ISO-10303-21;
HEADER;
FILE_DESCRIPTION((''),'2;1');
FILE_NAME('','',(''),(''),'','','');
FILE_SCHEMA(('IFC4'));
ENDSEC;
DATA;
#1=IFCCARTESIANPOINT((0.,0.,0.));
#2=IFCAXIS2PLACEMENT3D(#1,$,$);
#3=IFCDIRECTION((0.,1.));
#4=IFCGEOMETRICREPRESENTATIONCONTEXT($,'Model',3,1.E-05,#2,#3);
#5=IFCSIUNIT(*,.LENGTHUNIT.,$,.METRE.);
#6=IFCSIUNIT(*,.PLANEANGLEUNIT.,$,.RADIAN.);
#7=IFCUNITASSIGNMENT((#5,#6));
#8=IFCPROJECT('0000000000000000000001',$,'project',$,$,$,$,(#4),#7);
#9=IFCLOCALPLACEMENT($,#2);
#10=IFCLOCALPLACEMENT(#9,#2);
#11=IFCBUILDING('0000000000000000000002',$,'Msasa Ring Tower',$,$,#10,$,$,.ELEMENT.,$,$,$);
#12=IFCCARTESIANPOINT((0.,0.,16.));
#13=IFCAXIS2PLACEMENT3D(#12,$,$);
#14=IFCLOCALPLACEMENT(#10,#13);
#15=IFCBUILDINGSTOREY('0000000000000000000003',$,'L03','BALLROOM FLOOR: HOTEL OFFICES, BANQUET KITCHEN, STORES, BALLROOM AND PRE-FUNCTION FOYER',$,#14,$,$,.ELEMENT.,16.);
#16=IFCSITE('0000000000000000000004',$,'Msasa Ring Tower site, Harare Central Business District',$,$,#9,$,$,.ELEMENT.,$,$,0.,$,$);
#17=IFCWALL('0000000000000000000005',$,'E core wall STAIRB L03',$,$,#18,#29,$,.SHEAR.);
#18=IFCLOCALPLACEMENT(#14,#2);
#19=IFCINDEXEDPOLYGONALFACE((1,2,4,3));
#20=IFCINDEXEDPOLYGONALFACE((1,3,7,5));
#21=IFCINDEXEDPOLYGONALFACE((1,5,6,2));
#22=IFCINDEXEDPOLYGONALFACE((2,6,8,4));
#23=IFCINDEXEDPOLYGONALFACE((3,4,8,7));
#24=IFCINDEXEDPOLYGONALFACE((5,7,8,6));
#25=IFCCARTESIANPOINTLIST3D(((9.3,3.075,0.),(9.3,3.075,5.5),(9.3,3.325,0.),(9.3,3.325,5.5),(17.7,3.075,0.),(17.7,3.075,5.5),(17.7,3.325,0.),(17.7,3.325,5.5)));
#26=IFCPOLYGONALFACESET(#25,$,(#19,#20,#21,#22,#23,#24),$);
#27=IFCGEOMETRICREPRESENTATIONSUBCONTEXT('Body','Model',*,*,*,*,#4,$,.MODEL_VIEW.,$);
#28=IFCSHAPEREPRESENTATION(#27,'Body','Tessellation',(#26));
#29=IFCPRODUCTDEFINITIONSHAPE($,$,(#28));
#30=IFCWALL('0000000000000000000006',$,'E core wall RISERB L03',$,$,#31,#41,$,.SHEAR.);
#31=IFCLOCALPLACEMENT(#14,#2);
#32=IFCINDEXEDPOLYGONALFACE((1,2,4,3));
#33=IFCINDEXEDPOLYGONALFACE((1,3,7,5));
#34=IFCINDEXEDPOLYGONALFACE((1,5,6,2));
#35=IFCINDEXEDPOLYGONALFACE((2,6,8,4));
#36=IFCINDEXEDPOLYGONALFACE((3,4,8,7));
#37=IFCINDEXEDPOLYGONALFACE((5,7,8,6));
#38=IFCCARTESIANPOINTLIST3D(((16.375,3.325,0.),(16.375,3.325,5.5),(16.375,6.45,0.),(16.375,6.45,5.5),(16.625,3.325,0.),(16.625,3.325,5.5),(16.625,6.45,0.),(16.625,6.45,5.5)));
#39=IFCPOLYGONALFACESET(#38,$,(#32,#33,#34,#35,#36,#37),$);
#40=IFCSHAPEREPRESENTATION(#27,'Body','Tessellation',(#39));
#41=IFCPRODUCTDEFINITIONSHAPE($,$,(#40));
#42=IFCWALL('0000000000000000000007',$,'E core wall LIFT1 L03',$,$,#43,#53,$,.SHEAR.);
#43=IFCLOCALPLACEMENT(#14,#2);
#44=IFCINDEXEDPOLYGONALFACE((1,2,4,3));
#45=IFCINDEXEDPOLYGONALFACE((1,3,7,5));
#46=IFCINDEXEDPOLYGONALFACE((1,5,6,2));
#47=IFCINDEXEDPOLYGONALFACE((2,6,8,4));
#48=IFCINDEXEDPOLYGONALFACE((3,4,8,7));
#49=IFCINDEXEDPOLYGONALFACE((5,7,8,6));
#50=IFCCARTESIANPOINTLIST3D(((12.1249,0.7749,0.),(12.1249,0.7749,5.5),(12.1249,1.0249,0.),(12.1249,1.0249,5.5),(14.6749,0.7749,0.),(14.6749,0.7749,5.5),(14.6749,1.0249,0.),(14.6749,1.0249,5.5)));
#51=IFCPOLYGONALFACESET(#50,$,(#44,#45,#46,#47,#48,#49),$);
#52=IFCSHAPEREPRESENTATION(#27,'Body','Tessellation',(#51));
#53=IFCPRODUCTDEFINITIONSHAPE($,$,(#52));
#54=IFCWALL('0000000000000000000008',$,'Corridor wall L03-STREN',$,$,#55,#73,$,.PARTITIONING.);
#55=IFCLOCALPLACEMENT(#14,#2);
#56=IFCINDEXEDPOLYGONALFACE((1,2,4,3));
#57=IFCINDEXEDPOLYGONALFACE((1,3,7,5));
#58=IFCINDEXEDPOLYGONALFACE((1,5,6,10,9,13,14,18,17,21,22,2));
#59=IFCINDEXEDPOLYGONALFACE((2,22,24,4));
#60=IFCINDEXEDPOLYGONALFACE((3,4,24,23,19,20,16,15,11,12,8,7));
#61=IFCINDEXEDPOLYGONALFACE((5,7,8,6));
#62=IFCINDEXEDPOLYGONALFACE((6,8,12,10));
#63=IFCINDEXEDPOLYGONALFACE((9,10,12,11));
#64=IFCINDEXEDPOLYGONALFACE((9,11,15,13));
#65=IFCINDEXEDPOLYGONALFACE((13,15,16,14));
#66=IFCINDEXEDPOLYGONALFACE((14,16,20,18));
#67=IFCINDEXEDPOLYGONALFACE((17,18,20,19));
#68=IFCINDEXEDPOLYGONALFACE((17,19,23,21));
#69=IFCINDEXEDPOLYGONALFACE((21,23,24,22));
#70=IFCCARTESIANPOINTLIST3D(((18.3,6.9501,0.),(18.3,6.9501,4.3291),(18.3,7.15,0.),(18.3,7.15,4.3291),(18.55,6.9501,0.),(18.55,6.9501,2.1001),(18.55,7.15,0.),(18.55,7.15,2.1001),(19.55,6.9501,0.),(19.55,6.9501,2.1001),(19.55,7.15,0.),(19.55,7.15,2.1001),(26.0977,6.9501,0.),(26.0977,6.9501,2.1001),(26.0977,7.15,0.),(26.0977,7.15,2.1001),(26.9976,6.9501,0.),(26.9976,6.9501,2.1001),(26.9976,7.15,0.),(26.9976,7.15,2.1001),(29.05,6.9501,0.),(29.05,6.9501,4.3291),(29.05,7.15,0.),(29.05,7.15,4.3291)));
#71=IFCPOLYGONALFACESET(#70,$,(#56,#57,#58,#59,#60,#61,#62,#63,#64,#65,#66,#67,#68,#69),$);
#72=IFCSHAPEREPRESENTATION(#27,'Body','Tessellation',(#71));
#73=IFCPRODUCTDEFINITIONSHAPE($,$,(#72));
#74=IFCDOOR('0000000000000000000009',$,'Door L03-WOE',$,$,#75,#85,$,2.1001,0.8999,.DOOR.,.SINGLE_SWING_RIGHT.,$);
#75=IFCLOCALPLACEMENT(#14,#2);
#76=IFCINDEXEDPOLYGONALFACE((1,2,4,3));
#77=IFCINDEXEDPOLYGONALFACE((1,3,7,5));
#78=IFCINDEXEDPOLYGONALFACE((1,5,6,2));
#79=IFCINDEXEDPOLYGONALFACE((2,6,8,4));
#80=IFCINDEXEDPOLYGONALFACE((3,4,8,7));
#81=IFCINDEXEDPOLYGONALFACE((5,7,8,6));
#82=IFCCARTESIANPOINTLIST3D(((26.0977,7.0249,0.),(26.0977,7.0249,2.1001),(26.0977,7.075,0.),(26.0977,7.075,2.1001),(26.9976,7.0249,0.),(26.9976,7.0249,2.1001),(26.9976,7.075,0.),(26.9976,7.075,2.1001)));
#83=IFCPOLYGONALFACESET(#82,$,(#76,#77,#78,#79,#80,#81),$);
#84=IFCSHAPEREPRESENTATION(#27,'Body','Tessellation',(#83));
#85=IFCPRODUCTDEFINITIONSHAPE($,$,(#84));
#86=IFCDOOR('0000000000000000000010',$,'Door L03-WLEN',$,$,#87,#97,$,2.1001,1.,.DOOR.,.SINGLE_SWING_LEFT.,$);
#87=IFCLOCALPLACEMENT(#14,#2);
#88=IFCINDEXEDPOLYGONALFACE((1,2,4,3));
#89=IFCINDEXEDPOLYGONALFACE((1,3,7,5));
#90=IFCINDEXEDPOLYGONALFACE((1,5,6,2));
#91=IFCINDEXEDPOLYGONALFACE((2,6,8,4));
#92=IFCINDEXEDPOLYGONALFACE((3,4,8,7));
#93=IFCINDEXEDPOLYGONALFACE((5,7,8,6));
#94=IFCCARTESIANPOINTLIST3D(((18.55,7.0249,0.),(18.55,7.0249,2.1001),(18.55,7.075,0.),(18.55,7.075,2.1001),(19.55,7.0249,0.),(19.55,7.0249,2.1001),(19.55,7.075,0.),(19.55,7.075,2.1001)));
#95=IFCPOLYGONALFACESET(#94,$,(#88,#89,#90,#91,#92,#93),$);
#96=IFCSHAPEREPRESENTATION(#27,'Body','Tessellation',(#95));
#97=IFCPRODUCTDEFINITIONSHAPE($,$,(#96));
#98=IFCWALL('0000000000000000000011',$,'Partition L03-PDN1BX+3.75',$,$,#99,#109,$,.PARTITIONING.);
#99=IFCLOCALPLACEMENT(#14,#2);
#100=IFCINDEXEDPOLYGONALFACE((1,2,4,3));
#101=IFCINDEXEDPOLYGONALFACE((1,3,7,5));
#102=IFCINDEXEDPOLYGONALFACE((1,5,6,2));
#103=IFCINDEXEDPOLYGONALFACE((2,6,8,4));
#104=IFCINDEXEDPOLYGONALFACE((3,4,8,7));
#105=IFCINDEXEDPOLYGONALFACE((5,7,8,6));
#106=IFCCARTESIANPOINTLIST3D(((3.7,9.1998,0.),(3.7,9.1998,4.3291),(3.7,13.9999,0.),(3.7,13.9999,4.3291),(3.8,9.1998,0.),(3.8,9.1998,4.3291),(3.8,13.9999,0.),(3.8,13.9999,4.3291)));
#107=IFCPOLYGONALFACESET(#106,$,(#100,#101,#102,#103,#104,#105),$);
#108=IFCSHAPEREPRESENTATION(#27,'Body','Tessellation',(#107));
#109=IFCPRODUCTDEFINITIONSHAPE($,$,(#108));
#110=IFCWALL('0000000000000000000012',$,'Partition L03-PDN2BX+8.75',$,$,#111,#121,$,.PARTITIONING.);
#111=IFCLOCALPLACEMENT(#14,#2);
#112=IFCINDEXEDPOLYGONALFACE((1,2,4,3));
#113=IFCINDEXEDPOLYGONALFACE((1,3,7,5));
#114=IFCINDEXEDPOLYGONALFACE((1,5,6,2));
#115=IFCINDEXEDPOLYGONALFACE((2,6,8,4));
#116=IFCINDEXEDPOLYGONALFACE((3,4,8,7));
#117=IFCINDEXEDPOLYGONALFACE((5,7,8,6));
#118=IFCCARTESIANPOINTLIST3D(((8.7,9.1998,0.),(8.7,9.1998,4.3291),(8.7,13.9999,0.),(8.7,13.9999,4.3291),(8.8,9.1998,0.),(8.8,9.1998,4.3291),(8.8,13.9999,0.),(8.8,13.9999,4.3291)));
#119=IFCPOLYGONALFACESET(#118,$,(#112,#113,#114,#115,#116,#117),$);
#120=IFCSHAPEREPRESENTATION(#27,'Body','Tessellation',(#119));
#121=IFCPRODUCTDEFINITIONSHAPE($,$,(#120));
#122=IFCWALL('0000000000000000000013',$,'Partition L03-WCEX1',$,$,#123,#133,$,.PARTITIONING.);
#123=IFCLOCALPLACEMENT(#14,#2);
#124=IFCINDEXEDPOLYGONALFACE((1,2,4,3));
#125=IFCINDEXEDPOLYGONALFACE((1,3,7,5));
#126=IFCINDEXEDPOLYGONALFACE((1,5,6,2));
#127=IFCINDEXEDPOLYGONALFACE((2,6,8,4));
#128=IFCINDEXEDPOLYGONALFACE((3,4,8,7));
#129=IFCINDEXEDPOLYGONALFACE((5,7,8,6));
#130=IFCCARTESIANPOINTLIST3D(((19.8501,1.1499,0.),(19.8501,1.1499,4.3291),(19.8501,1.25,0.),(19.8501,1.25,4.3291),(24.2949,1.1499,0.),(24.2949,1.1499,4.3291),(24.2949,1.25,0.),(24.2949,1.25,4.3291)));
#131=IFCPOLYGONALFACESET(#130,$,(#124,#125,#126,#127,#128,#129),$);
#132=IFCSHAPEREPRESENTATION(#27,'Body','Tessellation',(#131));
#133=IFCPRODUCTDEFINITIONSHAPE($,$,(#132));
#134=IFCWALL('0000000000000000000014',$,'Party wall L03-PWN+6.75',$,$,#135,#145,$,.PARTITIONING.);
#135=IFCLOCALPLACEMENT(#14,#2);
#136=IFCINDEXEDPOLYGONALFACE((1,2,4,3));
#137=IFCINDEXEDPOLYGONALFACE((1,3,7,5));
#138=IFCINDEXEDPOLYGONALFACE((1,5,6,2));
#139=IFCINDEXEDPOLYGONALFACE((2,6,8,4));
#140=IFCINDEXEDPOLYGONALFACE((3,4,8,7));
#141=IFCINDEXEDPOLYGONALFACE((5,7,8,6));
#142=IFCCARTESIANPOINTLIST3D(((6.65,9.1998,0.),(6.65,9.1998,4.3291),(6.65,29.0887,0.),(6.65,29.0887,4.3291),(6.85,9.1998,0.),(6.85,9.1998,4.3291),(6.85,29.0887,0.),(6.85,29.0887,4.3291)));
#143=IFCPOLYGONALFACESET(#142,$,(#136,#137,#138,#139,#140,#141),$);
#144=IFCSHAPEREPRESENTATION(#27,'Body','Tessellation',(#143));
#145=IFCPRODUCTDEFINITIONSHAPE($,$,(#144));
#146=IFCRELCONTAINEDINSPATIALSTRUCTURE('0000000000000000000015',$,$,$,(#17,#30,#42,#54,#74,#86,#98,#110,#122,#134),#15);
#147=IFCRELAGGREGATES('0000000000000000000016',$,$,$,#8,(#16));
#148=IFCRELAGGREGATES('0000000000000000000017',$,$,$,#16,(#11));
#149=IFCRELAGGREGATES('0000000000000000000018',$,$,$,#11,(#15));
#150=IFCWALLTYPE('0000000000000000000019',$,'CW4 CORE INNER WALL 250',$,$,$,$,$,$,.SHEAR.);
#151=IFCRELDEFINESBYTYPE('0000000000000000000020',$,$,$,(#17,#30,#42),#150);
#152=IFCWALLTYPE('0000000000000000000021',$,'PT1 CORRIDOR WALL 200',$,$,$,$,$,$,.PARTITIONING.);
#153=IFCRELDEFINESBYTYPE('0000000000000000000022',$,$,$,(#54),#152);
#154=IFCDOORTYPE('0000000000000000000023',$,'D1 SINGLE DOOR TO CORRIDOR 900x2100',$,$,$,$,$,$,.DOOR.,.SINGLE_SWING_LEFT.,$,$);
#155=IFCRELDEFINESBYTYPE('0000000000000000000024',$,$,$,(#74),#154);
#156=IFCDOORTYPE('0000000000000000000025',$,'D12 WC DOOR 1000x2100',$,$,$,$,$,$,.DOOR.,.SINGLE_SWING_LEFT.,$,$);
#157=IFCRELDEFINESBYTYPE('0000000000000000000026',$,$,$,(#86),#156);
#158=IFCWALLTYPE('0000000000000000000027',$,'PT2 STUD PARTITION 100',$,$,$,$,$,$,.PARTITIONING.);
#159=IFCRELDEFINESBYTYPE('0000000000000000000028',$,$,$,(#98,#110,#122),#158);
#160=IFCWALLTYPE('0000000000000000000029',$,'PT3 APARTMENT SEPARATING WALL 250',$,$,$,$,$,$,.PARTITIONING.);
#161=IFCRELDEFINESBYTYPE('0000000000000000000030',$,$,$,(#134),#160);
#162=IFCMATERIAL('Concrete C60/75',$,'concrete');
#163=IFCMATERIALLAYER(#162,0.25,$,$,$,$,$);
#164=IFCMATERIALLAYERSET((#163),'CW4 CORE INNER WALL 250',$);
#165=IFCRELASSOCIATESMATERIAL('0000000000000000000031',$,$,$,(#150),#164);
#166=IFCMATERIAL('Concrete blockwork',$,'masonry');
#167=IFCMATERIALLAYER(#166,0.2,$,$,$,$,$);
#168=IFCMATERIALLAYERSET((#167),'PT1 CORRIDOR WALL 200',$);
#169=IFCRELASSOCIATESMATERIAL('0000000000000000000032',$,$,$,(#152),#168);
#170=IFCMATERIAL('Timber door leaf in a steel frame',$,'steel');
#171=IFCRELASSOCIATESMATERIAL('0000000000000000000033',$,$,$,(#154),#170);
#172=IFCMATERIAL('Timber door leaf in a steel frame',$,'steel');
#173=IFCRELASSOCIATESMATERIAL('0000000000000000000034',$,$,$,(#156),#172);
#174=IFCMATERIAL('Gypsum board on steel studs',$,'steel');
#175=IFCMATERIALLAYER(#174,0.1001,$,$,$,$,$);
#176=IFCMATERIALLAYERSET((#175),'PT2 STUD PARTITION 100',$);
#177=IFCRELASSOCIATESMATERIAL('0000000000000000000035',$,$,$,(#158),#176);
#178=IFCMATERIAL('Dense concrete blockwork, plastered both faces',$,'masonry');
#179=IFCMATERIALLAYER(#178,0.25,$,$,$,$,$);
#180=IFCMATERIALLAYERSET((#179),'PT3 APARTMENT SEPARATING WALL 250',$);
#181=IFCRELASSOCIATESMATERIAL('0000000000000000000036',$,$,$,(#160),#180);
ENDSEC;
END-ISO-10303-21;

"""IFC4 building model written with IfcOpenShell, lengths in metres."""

from ifc_helpers import new_model, si_unit, direction, frame, frame_2d, origin, place, context, subcontext, project, spatial, rectangle, extrude, material, layer, layer_set, type_object, element, fill, save


model = new_model("IFC4")

# Units and contexts
model_context = context("Model", 3, precision=1e-05, world=origin(), true_north=direction((0.0, 1.0)))
body_context = subcontext(model_context, "Body", "Model", "MODEL_VIEW")
ifc_project = project(units=[si_unit("LENGTHUNIT", "METRE"), si_unit("PLANEANGLEUNIT", "RADIAN")], contexts=[model_context])

# Site, building, storey
site_placement = place(None, origin())
site = spatial("IfcSite", under=ifc_project, at=site_placement, Name="Msasa Ring Tower site, Harare Central Business District", CompositionType="ELEMENT", RefElevation=0.0)
building_placement = place(site_placement, origin())
building = spatial("IfcBuilding", under=site, at=building_placement, Name="Msasa Ring Tower", CompositionType="ELEMENT")
storey_placement = place(building_placement, frame((0.0, 0.0, 16.0)))
storey = spatial("IfcBuildingStorey", under=building, at=storey_placement, Name="L03", Description="BALLROOM FLOOR: HOTEL OFFICES, BANQUET KITCHEN, STORES, BALLROOM AND PRE-FUNCTION FOYER", CompositionType="ELEMENT", Elevation=16.0)

# Walls
ifc_material_1 = material(Name="Concrete C60/75", Category="concrete")
ifc_layer_1 = layer(ifc_material_1, 0.25)
ifc_layer_set_1 = layer_set([ifc_layer_1], Name="CW4 CORE INNER WALL 250")
wall_type_1 = type_object("IfcWallType", Name="CW4 CORE INNER WALL 250", PredefinedType="SHEAR", material=ifc_layer_set_1)
wall_1_placement = place(storey_placement, frame((9.3, 3.2, 0.0), z_axis=(0.0, 0.0, 1.0), x_axis=(1.0, 0.0, 0.0)))
element("IfcWall", 1, at=wall_1_placement, inside=storey, type_object=wall_type_1, Name="E core wall STAIRB L03", PredefinedType="SHEAR", context=body_context, shape_type="SweptSolid", body=[
    extrude(rectangle(XDim=8.3999, YDim=0.25, at=frame_2d((4.2, 0.0))), origin(), (0.0, 0.0, 1.0), 5.5),
])
wall_2_placement = place(storey_placement, frame((16.5, 3.325, 0.0), z_axis=(0.0, 0.0, 1.0), x_axis=(0.0, 1.0, 0.0)))
element("IfcWall", 2, at=wall_2_placement, inside=storey, type_object=wall_type_1, Name="E core wall RISERB L03", PredefinedType="SHEAR", context=body_context, shape_type="SweptSolid", body=[
    extrude(rectangle(XDim=3.125, YDim=0.25, at=frame_2d((1.5625, 0.0))), origin(), (0.0, 0.0, 1.0), 5.5),
])
wall_3_placement = place(storey_placement, frame((12.125, 0.8999, 0.0), z_axis=(0.0, 0.0, 1.0), x_axis=(1.0, 0.0, 0.0)))
element("IfcWall", 3, at=wall_3_placement, inside=storey, type_object=wall_type_1, Name="E core wall LIFT1 L03", PredefinedType="SHEAR", context=body_context, shape_type="SweptSolid", body=[
    extrude(rectangle(XDim=2.55, YDim=0.25, at=frame_2d((1.2749, 0.0))), origin(), (0.0, 0.0, 1.0), 5.5),
])

# Wall, openings, doors
ifc_material_2 = material(Name="Concrete blockwork", Category="masonry")
ifc_layer_2 = layer(ifc_material_2, 0.2)
ifc_layer_set_2 = layer_set([ifc_layer_2], Name="PT1 CORRIDOR WALL 200")
wall_type_2 = type_object("IfcWallType", Name="PT1 CORRIDOR WALL 200", PredefinedType="PARTITIONING", material=ifc_layer_set_2)
wall_4_placement = place(storey_placement, frame((18.3, 7.05, 0.0), z_axis=(0.0, 0.0, 1.0), x_axis=(1.0, 0.0, 0.0)))
wall_4 = element("IfcWall", 4, at=wall_4_placement, inside=storey, type_object=wall_type_2, Name="Corridor wall L03-STREN", PredefinedType="PARTITIONING", context=body_context, shape_type="SweptSolid", body=[
    extrude(rectangle(XDim=10.75, YDim=0.2, at=frame_2d((5.375, 0.0))), origin(), (0.0, 0.0, 1.0), 4.3291),
])
opening_1_placement = place(wall_4_placement, frame((7.7976, 0.0, 0.0)))
opening_1 = element("IfcOpeningElement", 5, at=opening_1_placement, cuts=wall_4, PredefinedType="OPENING", context=body_context, shape_type="SweptSolid", body=[
    extrude(rectangle(XDim=0.8999, YDim=2.1001, at=frame_2d((0.45, 1.05))), frame((0.0, 0.1099, 0.0), z_axis=(0.0, -1.0, 0.0), x_axis=(1.0, 0.0, 0.0)), (0.0, 0.0, 1.0), 0.22),
])
opening_2_placement = place(wall_4_placement, frame((0.25, 0.0, 0.0)))
opening_2 = element("IfcOpeningElement", 6, at=opening_2_placement, cuts=wall_4, PredefinedType="OPENING", context=body_context, shape_type="SweptSolid", body=[
    extrude(rectangle(XDim=1.0, YDim=2.1001, at=frame_2d((0.5, 1.05))), frame((0.0, 0.1099, 0.0), z_axis=(0.0, -1.0, 0.0), x_axis=(1.0, 0.0, 0.0)), (0.0, 0.0, 1.0), 0.22),
])
ifc_material_3 = material(Name="Timber door leaf in a steel frame", Category="steel")
door_type_1 = type_object("IfcDoorType", Name="D1 SINGLE DOOR TO CORRIDOR 900x2100", OperationType="SINGLE_SWING_LEFT", PredefinedType="DOOR", material=ifc_material_3)
door_1_placement = place(opening_1_placement, origin())
door_1 = element("IfcDoor", 7, at=door_1_placement, inside=storey, type_object=door_type_1, Name="Door L03-WOE", OperationType="SINGLE_SWING_RIGHT", OverallHeight=2.1001, OverallWidth=0.8999, PredefinedType="DOOR", context=body_context, shape_type="SweptSolid", body=[
    extrude(rectangle(XDim=0.8999, YDim=2.1001, at=frame_2d((0.45, 1.05))), frame((0.0, 0.0249, 0.0), z_axis=(0.0, -1.0, 0.0), x_axis=(1.0, 0.0, 0.0)), (0.0, 0.0, 1.0), 0.05),
])
fill(opening_1, door_1)
ifc_material_4 = material(Name="Timber door leaf in a steel frame", Category="steel")
door_type_2 = type_object("IfcDoorType", Name="D12 WC DOOR 1000x2100", OperationType="SINGLE_SWING_LEFT", PredefinedType="DOOR", material=ifc_material_4)
door_2_placement = place(opening_2_placement, origin())
door_2 = element("IfcDoor", 8, at=door_2_placement, inside=storey, type_object=door_type_2, Name="Door L03-WLEN", OperationType="SINGLE_SWING_LEFT", OverallHeight=2.1001, OverallWidth=1.0, PredefinedType="DOOR", context=body_context, shape_type="SweptSolid", body=[
    extrude(rectangle(XDim=1.0, YDim=2.1001, at=frame_2d((0.5, 1.05))), frame((0.0, 0.0249, 0.0), z_axis=(0.0, -1.0, 0.0), x_axis=(1.0, 0.0, 0.0)), (0.0, 0.0, 1.0), 0.05),
])
fill(opening_2, door_2)

# Walls
ifc_material_5 = material(Name="Gypsum board on steel studs", Category="steel")
ifc_layer_3 = layer(ifc_material_5, 0.1001)
ifc_layer_set_3 = layer_set([ifc_layer_3], Name="PT2 STUD PARTITION 100")
wall_type_3 = type_object("IfcWallType", Name="PT2 STUD PARTITION 100", PredefinedType="PARTITIONING", material=ifc_layer_set_3)
for number, where, z_axis, x_axis, name in (
    (9, (3.75, 9.2, 0.0), (0.0, 0.0, 1.0), (0.0, 1.0, 0.0), "Partition L03-PDN1BX+3.75"),
    (10, (8.75, 9.2, 0.0), (0.0, 0.0, 1.0), (0.0, 1.0, 0.0), "Partition L03-PDN2BX+8.75"),
):
    element("IfcWall", number, at=place(storey_placement, frame(where, z_axis=z_axis, x_axis=x_axis)), inside=storey, type_object=wall_type_3, Name=name, PredefinedType="PARTITIONING", context=body_context, shape_type="SweptSolid", body=[
        extrude(rectangle(XDim=4.8, YDim=0.1001, at=frame_2d((2.3999, 0.0))), origin(), (0.0, 0.0, 1.0), 4.3291),
    ])
wall_5_placement = place(storey_placement, frame((19.8501, 1.2, 0.0), z_axis=(0.0, 0.0, 1.0), x_axis=(1.0, 0.0, 0.0)))
element("IfcWall", 11, at=wall_5_placement, inside=storey, type_object=wall_type_3, Name="Partition L03-WCEX1", PredefinedType="PARTITIONING", context=body_context, shape_type="SweptSolid", body=[
    extrude(rectangle(XDim=4.4448, YDim=0.1001, at=frame_2d((2.2224, 0.0))), origin(), (0.0, 0.0, 1.0), 4.3291),
])
ifc_material_6 = material(Name="Dense concrete blockwork, plastered both faces", Category="masonry")
ifc_layer_4 = layer(ifc_material_6, 0.25)
ifc_layer_set_4 = layer_set([ifc_layer_4], Name="PT3 APARTMENT SEPARATING WALL 250")
wall_type_4 = type_object("IfcWallType", Name="PT3 APARTMENT SEPARATING WALL 250", PredefinedType="PARTITIONING", material=ifc_layer_set_4)
wall_6_placement = place(storey_placement, frame((6.75, 9.2, 0.0), z_axis=(0.0, 0.0, 1.0), x_axis=(0.0, 1.0, 0.0)))
element("IfcWall", 12, at=wall_6_placement, inside=storey, type_object=wall_type_4, Name="Party wall L03-PWN+6.75", PredefinedType="PARTITIONING", context=body_context, shape_type="SweptSolid", body=[
    extrude(rectangle(XDim=19.8889, YDim=0.2, at=frame_2d((9.9443, 0.0))), origin(), (0.0, 0.0, 1.0), 4.3291),
])

save(model, "model.ifc")
